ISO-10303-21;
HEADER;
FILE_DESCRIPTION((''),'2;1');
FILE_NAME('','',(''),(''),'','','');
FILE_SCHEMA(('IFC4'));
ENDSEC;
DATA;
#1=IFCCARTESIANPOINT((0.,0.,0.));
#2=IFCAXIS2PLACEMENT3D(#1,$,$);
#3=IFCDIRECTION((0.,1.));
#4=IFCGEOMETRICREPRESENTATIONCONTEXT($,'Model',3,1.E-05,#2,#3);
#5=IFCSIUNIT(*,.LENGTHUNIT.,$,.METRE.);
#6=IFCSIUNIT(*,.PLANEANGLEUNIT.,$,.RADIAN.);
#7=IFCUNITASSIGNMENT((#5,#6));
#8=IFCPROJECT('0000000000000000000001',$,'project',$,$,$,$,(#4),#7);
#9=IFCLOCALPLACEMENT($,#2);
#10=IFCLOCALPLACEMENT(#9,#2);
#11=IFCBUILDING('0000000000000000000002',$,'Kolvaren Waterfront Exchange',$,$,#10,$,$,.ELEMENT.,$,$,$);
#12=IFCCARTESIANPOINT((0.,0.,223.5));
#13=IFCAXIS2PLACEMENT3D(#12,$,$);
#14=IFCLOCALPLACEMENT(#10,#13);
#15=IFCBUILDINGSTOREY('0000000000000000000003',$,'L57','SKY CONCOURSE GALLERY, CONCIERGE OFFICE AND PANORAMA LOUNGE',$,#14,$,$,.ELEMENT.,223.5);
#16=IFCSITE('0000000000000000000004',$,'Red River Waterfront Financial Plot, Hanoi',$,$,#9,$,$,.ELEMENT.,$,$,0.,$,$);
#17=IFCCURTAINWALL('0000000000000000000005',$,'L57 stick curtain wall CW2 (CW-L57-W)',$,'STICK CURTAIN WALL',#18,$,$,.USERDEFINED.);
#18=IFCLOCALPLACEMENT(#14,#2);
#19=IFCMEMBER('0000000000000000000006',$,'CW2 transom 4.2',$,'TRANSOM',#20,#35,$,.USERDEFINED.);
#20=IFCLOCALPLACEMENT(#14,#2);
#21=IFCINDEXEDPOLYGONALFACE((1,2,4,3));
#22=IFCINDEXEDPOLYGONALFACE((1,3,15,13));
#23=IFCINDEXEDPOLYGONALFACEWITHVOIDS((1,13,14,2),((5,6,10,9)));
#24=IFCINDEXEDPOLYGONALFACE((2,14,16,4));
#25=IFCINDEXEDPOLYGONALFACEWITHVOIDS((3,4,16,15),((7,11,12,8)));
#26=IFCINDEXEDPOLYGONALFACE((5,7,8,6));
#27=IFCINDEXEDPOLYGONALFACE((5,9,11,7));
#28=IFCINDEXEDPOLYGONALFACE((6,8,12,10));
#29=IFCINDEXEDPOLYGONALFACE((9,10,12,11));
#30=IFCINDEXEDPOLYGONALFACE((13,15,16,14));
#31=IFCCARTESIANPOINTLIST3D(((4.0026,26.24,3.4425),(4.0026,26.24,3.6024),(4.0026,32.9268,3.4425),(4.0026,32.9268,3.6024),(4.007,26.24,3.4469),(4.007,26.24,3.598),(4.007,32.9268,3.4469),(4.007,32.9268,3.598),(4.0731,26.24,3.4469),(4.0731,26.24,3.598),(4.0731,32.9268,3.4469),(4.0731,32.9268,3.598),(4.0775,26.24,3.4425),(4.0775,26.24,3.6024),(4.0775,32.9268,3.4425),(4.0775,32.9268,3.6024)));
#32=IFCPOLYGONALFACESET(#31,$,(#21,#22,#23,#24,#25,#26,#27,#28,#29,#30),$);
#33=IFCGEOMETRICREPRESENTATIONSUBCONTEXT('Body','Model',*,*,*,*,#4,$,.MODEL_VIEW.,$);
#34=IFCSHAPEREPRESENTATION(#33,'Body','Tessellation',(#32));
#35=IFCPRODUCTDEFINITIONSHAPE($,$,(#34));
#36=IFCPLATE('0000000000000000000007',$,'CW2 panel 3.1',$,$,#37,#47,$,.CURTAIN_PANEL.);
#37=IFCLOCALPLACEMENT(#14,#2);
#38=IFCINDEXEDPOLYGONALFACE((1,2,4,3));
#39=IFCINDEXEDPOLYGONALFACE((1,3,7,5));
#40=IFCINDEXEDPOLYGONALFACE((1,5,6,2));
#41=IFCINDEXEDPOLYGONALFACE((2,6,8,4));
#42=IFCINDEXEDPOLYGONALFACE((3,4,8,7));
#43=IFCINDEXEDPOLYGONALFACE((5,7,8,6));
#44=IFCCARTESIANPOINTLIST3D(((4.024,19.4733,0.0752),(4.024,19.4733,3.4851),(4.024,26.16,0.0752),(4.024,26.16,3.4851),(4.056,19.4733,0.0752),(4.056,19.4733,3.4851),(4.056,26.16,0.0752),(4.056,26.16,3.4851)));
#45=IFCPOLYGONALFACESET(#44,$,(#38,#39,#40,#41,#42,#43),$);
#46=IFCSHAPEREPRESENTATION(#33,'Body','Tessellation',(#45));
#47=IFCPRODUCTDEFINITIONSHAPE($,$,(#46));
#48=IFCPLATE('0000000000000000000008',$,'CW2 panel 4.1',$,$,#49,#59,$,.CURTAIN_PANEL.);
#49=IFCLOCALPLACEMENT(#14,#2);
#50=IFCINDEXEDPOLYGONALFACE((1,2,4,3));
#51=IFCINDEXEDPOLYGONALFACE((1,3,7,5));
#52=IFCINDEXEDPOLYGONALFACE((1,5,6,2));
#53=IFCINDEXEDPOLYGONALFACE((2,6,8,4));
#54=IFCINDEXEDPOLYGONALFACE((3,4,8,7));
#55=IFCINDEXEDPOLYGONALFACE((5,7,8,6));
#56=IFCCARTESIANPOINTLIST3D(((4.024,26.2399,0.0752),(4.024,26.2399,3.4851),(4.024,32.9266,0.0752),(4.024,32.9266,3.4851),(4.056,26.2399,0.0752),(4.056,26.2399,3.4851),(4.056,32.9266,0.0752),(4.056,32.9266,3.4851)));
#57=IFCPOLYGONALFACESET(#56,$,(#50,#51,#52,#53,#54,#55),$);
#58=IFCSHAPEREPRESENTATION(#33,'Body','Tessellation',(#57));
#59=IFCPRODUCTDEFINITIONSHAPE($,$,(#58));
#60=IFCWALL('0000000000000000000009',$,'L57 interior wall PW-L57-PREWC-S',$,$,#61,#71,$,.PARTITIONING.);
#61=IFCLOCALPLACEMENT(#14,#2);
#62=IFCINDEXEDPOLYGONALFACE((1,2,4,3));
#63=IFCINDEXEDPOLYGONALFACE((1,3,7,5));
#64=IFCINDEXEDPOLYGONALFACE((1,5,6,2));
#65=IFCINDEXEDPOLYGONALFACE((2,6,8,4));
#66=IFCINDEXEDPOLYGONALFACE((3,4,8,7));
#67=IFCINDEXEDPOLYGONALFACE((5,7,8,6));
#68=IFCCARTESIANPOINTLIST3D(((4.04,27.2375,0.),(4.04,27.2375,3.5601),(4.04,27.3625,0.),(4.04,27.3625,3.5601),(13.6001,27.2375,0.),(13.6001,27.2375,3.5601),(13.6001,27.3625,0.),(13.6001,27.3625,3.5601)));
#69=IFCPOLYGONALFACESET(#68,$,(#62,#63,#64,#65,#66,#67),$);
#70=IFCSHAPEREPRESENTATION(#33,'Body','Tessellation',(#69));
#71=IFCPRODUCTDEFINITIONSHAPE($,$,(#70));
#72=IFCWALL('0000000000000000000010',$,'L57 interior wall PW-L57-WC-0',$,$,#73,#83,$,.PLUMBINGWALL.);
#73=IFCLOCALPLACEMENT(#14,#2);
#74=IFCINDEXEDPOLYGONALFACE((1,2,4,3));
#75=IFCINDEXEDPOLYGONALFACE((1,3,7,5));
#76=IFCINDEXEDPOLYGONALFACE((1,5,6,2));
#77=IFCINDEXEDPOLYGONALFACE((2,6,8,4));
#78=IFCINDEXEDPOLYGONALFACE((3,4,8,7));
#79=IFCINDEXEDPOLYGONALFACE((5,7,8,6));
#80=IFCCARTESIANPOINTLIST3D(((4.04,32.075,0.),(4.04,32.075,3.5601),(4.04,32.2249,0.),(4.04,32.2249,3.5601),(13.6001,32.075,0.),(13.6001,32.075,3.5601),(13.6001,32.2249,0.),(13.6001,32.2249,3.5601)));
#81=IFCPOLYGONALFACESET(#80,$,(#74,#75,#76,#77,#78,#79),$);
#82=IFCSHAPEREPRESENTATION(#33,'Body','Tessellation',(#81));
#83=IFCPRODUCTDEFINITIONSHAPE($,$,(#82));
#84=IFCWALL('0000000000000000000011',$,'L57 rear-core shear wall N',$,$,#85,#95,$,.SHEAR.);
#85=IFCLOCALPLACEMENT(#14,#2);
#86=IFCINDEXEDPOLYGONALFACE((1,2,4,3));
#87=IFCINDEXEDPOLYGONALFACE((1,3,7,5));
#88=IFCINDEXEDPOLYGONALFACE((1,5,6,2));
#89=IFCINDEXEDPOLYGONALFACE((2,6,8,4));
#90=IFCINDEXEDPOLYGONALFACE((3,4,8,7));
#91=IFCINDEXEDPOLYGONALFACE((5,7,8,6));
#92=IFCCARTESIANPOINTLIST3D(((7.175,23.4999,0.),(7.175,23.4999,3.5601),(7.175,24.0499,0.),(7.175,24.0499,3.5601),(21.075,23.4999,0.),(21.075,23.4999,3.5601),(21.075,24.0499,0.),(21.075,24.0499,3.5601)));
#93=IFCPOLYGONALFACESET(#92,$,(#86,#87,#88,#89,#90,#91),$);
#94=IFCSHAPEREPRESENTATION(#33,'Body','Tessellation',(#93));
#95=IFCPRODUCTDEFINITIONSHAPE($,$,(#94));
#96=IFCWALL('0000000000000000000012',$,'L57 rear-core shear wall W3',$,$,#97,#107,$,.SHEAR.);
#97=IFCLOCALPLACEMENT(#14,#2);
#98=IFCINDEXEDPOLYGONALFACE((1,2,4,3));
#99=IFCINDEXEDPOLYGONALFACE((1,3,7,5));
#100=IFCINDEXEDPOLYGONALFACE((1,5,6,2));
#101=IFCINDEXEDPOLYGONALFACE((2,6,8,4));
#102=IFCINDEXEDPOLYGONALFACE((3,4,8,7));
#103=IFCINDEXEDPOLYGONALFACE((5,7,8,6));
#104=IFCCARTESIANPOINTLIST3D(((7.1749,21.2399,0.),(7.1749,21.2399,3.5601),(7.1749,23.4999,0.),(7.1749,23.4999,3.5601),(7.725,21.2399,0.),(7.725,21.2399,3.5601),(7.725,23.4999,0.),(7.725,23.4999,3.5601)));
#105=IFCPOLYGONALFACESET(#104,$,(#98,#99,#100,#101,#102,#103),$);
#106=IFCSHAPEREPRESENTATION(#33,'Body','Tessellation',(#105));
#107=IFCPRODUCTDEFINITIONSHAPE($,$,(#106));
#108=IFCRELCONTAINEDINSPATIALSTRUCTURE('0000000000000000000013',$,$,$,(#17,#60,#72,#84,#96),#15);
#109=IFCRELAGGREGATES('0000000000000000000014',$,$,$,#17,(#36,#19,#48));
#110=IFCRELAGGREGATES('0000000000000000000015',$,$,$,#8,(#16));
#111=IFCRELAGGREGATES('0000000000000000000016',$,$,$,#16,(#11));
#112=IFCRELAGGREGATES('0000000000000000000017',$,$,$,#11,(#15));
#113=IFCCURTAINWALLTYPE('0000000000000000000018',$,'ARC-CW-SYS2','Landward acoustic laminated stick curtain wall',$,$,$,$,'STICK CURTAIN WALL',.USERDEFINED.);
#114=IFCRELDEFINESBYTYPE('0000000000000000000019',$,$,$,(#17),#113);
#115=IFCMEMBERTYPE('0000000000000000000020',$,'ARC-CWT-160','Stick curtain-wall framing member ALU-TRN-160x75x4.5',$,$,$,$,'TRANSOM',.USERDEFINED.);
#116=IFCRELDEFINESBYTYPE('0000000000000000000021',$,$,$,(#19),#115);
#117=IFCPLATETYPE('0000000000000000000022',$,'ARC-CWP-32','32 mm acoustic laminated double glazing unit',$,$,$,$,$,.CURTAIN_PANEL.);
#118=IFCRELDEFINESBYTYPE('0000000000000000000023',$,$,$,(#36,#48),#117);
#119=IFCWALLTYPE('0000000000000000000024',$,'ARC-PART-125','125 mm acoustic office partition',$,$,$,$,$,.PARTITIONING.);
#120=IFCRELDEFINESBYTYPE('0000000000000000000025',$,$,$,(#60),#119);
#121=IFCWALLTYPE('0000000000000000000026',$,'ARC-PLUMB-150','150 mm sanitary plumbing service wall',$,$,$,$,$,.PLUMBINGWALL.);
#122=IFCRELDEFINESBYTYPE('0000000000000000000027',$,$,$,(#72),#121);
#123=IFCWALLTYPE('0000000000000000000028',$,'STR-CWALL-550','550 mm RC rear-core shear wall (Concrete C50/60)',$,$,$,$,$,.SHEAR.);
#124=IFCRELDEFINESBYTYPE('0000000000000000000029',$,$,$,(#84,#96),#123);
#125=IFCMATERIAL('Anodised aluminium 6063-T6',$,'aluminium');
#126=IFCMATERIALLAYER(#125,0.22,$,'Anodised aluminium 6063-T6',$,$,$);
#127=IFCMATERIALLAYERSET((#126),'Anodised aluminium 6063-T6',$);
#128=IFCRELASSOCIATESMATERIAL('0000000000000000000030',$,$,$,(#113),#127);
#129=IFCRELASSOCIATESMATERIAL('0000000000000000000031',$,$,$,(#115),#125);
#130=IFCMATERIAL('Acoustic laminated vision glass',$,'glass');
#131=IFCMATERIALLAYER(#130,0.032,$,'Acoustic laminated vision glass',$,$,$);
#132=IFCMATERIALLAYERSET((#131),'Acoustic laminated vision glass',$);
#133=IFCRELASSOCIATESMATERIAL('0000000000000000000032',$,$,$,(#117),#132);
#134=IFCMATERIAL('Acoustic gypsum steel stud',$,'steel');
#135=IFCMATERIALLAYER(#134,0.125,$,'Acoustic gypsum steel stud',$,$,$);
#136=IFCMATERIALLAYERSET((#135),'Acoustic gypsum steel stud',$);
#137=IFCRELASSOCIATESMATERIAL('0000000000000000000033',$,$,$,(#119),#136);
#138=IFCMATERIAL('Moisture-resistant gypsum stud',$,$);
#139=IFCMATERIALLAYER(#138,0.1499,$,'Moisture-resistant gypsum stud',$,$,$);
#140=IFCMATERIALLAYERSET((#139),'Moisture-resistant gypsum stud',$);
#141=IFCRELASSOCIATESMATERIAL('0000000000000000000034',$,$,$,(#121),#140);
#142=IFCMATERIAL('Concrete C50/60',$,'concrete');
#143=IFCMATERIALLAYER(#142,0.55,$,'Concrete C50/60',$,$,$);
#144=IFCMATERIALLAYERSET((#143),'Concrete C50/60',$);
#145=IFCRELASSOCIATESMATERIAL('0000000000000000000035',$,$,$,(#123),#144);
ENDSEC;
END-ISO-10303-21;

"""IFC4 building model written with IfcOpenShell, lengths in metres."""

from ifc_helpers import new_model, si_unit, direction, frame, frame_2d, origin, origin_with_axes, origin_2d, place, context, subcontext, project, spatial, rectangle, hollow_rectangle, extrude, source, transform, mapped, material, layer, layer_set, material_profile, profile_set, type_object, element, aggregate, save


model = new_model("IFC4")

# Units and contexts
model_context = context("Model", 3, precision=1e-05, world=origin(), true_north=direction((0.0, 1.0)))
body_context = subcontext(model_context, "Body", "Model", "MODEL_VIEW")
ifc_project = project(units=[si_unit("LENGTHUNIT", "METRE"), si_unit("PLANEANGLEUNIT", "RADIAN")], contexts=[model_context])

# Site, building, storey
site_placement = place(None, origin())
site = spatial("IfcSite", under=ifc_project, at=site_placement, Name="Red River Waterfront Financial Plot, Hanoi", CompositionType="ELEMENT", RefElevation=0.0)
building_placement = place(site_placement, origin())
building = spatial("IfcBuilding", under=site, at=building_placement, Name="Kolvaren Waterfront Exchange", CompositionType="ELEMENT")
storey_placement = place(building_placement, frame((0.0, 0.0, 223.5)))
storey = spatial("IfcBuildingStorey", under=building, at=storey_placement, Name="L57", Description="SKY CONCOURSE GALLERY, CONCIERGE OFFICE AND PANORAMA LOUNGE", CompositionType="ELEMENT", Elevation=223.5)

# Shared definitions
ifc_material_1 = material(Name="Concrete C50/60", Category="concrete")

# Curtain wall, member, plates
ifc_material_2 = material(Name="Anodised aluminium 6063-T6", Category="aluminium")
ifc_layer_1 = layer(ifc_material_2, 0.22, Name="Anodised aluminium 6063-T6")
ifc_layer_set_1 = layer_set([ifc_layer_1], Name="Anodised aluminium 6063-T6")
curtain_wall_type = type_object("IfcCurtainWallType", Name="ARC-CW-SYS2", Description="Landward acoustic laminated stick curtain wall", ElementType="STICK CURTAIN WALL", PredefinedType="USERDEFINED", material=ifc_layer_set_1)
curtain_wall_placement = place(storey_placement, origin())
curtain_wall = element("IfcCurtainWall", 1, at=curtain_wall_placement, inside=storey, type_object=curtain_wall_type, Name="L57 stick curtain wall CW2 (CW-L57-W)", ObjectType="STICK CURTAIN WALL", PredefinedType="USERDEFINED")
ifc_material_profile_1 = material_profile(ifc_material_2, hollow_rectangle(XDim=0.075, YDim=0.1599, WallThickness=0.0044, at=origin_2d()), Name="ALU-TRN-160x75x4.5")
ifc_profile_set_1 = profile_set([ifc_material_profile_1], Name="Anodised aluminium 6063-T6")
member_type_1 = type_object("IfcMemberType", Name="ARC-CWT-160", Description="Stick curtain-wall framing member ALU-TRN-160x75x4.5", ElementType="TRANSOM", PredefinedType="USERDEFINED", material=ifc_profile_set_1)
shared_shape_1 = source(origin_with_axes(), body_context, "Body", "SweptSolid", [
    extrude(hollow_rectangle(XDim=0.075, YDim=0.1599, WallThickness=0.0044, at=origin_2d()), origin(), (0.0, 0.0, 1.0), 6.6868),
])
member_1_placement = place(storey_placement, frame((4.04, 26.24, 3.5225), z_axis=(0.0, 1.0, 0.0), x_axis=(-1.0, 0.0, 0.0)))
member_1 = element("IfcMember", 2, at=member_1_placement, type_object=member_type_1, Name="CW2 transom 4.2", ObjectType="TRANSOM", PredefinedType="USERDEFINED", context=body_context, shape_type="MappedRepresentation", body=[
    mapped(shared_shape_1, transform((0.0, 0.0, 0.0), x_axis=(1.0, 0.0, 0.0), y_axis=(0.0, 1.0, 0.0), z_axis=(0.0, 0.0, 1.0), scale=1.0)),
])
ifc_material_3 = material(Name="Acoustic laminated vision glass", Category="glass")
ifc_layer_2 = layer(ifc_material_3, 0.032, Name="Acoustic laminated vision glass")
ifc_layer_set_2 = layer_set([ifc_layer_2], Name="Acoustic laminated vision glass")
plate_type = type_object("IfcPlateType", Name="ARC-CWP-32", Description="32 mm acoustic laminated double glazing unit", PredefinedType="CURTAIN_PANEL", material=ifc_layer_set_2)
shared_shape_2 = source(origin_with_axes(), body_context, "Body", "SweptSolid", [
    extrude(rectangle(XDim=6.6868, YDim=0.032, at=origin_2d()), origin(), (0.0, 0.0, 1.0), 3.4099),
])
plate_1_placement = place(storey_placement, frame((4.04, 22.8167, 0.0752), z_axis=(0.0, 0.0, 1.0), x_axis=(0.0, 1.0, 0.0)))
plate_1 = element("IfcPlate", 3, at=plate_1_placement, type_object=plate_type, Name="CW2 panel 3.1", PredefinedType="CURTAIN_PANEL", context=body_context, shape_type="MappedRepresentation", body=[
    mapped(shared_shape_2, transform((0.0, 0.0, 0.0), x_axis=(1.0, 0.0, 0.0), y_axis=(0.0, 1.0, 0.0), z_axis=(0.0, 0.0, 1.0), scale=1.0)),
])
plate_2_placement = place(storey_placement, frame((4.04, 29.5833, 0.0752), z_axis=(0.0, 0.0, 1.0), x_axis=(0.0, 1.0, 0.0)))
plate_2 = element("IfcPlate", 4, at=plate_2_placement, type_object=plate_type, Name="CW2 panel 4.1", PredefinedType="CURTAIN_PANEL", context=body_context, shape_type="MappedRepresentation", body=[
    mapped(shared_shape_2, transform((0.0, 0.0, 0.0), x_axis=(1.0, 0.0, 0.0), y_axis=(0.0, 1.0, 0.0), z_axis=(0.0, 0.0, 1.0), scale=1.0)),
])
aggregate(curtain_wall, [plate_1, member_1, plate_2])

# Wall
ifc_material_4 = material(Name="Acoustic gypsum steel stud", Category="steel")
ifc_layer_3 = layer(ifc_material_4, 0.125, Name="Acoustic gypsum steel stud")
ifc_layer_set_3 = layer_set([ifc_layer_3], Name="Acoustic gypsum steel stud")
wall_type_1 = type_object("IfcWallType", Name="ARC-PART-125", Description="125 mm acoustic office partition", PredefinedType="PARTITIONING", material=ifc_layer_set_3)
wall_1_placement = place(storey_placement, frame((4.04, 27.3, 0.0), z_axis=(0.0, 0.0, 1.0), x_axis=(1.0, 0.0, 0.0)))
element("IfcWall", 5, at=wall_1_placement, inside=storey, type_object=wall_type_1, Name="L57 interior wall PW-L57-PREWC-S", PredefinedType="PARTITIONING", context=body_context, shape_type="SweptSolid", body=[
    extrude(rectangle(XDim=9.5601, YDim=0.125, at=frame_2d((4.78, 0.0))), origin(), (0.0, 0.0, 1.0), 3.5601),
])

# Walls
ifc_material_5 = material(Name="Moisture-resistant gypsum stud")
ifc_layer_4 = layer(ifc_material_5, 0.1499, Name="Moisture-resistant gypsum stud")
ifc_layer_set_4 = layer_set([ifc_layer_4], Name="Moisture-resistant gypsum stud")
wall_type_2 = type_object("IfcWallType", Name="ARC-PLUMB-150", Description="150 mm sanitary plumbing service wall", PredefinedType="PLUMBINGWALL", material=ifc_layer_set_4)
wall_2_placement = place(storey_placement, frame((4.04, 32.1499, 0.0), z_axis=(0.0, 0.0, 1.0), x_axis=(1.0, 0.0, 0.0)))
element("IfcWall", 6, at=wall_2_placement, inside=storey, type_object=wall_type_2, Name="L57 interior wall PW-L57-WC-0", PredefinedType="PLUMBINGWALL", context=body_context, shape_type="SweptSolid", body=[
    extrude(rectangle(XDim=9.5601, YDim=0.1499, at=frame_2d((4.78, 0.0))), origin(), (0.0, 0.0, 1.0), 3.5601),
])
ifc_layer_5 = layer(ifc_material_1, 0.55, Name="Concrete C50/60")
ifc_layer_set_5 = layer_set([ifc_layer_5], Name="Concrete C50/60")
wall_type_3 = type_object("IfcWallType", Name="STR-CWALL-550", Description="550 mm RC rear-core shear wall (Concrete C50/60)", PredefinedType="SHEAR", material=ifc_layer_set_5)
wall_3_placement = place(storey_placement, frame((7.175, 23.7749, 0.0), z_axis=(0.0, 0.0, 1.0), x_axis=(1.0, 0.0, 0.0)))
element("IfcWall", 7, at=wall_3_placement, inside=storey, type_object=wall_type_3, Name="L57 rear-core shear wall N", PredefinedType="SHEAR", context=body_context, shape_type="SweptSolid", body=[
    extrude(rectangle(XDim=13.8999, YDim=0.55, at=frame_2d((6.95, 0.0))), origin(), (0.0, 0.0, 1.0), 3.5601),
])
wall_4_placement = place(storey_placement, frame((7.45, 21.24, 0.0), z_axis=(0.0, 0.0, 1.0), x_axis=(0.0, 1.0, 0.0)))
element("IfcWall", 8, at=wall_4_placement, inside=storey, type_object=wall_type_3, Name="L57 rear-core shear wall W3", PredefinedType="SHEAR", context=body_context, shape_type="SweptSolid", body=[
    extrude(rectangle(XDim=2.26, YDim=0.55, at=frame_2d((1.1299, 0.0))), origin(), (0.0, 0.0, 1.0), 3.5601),
])

save(model, "model.ifc")
